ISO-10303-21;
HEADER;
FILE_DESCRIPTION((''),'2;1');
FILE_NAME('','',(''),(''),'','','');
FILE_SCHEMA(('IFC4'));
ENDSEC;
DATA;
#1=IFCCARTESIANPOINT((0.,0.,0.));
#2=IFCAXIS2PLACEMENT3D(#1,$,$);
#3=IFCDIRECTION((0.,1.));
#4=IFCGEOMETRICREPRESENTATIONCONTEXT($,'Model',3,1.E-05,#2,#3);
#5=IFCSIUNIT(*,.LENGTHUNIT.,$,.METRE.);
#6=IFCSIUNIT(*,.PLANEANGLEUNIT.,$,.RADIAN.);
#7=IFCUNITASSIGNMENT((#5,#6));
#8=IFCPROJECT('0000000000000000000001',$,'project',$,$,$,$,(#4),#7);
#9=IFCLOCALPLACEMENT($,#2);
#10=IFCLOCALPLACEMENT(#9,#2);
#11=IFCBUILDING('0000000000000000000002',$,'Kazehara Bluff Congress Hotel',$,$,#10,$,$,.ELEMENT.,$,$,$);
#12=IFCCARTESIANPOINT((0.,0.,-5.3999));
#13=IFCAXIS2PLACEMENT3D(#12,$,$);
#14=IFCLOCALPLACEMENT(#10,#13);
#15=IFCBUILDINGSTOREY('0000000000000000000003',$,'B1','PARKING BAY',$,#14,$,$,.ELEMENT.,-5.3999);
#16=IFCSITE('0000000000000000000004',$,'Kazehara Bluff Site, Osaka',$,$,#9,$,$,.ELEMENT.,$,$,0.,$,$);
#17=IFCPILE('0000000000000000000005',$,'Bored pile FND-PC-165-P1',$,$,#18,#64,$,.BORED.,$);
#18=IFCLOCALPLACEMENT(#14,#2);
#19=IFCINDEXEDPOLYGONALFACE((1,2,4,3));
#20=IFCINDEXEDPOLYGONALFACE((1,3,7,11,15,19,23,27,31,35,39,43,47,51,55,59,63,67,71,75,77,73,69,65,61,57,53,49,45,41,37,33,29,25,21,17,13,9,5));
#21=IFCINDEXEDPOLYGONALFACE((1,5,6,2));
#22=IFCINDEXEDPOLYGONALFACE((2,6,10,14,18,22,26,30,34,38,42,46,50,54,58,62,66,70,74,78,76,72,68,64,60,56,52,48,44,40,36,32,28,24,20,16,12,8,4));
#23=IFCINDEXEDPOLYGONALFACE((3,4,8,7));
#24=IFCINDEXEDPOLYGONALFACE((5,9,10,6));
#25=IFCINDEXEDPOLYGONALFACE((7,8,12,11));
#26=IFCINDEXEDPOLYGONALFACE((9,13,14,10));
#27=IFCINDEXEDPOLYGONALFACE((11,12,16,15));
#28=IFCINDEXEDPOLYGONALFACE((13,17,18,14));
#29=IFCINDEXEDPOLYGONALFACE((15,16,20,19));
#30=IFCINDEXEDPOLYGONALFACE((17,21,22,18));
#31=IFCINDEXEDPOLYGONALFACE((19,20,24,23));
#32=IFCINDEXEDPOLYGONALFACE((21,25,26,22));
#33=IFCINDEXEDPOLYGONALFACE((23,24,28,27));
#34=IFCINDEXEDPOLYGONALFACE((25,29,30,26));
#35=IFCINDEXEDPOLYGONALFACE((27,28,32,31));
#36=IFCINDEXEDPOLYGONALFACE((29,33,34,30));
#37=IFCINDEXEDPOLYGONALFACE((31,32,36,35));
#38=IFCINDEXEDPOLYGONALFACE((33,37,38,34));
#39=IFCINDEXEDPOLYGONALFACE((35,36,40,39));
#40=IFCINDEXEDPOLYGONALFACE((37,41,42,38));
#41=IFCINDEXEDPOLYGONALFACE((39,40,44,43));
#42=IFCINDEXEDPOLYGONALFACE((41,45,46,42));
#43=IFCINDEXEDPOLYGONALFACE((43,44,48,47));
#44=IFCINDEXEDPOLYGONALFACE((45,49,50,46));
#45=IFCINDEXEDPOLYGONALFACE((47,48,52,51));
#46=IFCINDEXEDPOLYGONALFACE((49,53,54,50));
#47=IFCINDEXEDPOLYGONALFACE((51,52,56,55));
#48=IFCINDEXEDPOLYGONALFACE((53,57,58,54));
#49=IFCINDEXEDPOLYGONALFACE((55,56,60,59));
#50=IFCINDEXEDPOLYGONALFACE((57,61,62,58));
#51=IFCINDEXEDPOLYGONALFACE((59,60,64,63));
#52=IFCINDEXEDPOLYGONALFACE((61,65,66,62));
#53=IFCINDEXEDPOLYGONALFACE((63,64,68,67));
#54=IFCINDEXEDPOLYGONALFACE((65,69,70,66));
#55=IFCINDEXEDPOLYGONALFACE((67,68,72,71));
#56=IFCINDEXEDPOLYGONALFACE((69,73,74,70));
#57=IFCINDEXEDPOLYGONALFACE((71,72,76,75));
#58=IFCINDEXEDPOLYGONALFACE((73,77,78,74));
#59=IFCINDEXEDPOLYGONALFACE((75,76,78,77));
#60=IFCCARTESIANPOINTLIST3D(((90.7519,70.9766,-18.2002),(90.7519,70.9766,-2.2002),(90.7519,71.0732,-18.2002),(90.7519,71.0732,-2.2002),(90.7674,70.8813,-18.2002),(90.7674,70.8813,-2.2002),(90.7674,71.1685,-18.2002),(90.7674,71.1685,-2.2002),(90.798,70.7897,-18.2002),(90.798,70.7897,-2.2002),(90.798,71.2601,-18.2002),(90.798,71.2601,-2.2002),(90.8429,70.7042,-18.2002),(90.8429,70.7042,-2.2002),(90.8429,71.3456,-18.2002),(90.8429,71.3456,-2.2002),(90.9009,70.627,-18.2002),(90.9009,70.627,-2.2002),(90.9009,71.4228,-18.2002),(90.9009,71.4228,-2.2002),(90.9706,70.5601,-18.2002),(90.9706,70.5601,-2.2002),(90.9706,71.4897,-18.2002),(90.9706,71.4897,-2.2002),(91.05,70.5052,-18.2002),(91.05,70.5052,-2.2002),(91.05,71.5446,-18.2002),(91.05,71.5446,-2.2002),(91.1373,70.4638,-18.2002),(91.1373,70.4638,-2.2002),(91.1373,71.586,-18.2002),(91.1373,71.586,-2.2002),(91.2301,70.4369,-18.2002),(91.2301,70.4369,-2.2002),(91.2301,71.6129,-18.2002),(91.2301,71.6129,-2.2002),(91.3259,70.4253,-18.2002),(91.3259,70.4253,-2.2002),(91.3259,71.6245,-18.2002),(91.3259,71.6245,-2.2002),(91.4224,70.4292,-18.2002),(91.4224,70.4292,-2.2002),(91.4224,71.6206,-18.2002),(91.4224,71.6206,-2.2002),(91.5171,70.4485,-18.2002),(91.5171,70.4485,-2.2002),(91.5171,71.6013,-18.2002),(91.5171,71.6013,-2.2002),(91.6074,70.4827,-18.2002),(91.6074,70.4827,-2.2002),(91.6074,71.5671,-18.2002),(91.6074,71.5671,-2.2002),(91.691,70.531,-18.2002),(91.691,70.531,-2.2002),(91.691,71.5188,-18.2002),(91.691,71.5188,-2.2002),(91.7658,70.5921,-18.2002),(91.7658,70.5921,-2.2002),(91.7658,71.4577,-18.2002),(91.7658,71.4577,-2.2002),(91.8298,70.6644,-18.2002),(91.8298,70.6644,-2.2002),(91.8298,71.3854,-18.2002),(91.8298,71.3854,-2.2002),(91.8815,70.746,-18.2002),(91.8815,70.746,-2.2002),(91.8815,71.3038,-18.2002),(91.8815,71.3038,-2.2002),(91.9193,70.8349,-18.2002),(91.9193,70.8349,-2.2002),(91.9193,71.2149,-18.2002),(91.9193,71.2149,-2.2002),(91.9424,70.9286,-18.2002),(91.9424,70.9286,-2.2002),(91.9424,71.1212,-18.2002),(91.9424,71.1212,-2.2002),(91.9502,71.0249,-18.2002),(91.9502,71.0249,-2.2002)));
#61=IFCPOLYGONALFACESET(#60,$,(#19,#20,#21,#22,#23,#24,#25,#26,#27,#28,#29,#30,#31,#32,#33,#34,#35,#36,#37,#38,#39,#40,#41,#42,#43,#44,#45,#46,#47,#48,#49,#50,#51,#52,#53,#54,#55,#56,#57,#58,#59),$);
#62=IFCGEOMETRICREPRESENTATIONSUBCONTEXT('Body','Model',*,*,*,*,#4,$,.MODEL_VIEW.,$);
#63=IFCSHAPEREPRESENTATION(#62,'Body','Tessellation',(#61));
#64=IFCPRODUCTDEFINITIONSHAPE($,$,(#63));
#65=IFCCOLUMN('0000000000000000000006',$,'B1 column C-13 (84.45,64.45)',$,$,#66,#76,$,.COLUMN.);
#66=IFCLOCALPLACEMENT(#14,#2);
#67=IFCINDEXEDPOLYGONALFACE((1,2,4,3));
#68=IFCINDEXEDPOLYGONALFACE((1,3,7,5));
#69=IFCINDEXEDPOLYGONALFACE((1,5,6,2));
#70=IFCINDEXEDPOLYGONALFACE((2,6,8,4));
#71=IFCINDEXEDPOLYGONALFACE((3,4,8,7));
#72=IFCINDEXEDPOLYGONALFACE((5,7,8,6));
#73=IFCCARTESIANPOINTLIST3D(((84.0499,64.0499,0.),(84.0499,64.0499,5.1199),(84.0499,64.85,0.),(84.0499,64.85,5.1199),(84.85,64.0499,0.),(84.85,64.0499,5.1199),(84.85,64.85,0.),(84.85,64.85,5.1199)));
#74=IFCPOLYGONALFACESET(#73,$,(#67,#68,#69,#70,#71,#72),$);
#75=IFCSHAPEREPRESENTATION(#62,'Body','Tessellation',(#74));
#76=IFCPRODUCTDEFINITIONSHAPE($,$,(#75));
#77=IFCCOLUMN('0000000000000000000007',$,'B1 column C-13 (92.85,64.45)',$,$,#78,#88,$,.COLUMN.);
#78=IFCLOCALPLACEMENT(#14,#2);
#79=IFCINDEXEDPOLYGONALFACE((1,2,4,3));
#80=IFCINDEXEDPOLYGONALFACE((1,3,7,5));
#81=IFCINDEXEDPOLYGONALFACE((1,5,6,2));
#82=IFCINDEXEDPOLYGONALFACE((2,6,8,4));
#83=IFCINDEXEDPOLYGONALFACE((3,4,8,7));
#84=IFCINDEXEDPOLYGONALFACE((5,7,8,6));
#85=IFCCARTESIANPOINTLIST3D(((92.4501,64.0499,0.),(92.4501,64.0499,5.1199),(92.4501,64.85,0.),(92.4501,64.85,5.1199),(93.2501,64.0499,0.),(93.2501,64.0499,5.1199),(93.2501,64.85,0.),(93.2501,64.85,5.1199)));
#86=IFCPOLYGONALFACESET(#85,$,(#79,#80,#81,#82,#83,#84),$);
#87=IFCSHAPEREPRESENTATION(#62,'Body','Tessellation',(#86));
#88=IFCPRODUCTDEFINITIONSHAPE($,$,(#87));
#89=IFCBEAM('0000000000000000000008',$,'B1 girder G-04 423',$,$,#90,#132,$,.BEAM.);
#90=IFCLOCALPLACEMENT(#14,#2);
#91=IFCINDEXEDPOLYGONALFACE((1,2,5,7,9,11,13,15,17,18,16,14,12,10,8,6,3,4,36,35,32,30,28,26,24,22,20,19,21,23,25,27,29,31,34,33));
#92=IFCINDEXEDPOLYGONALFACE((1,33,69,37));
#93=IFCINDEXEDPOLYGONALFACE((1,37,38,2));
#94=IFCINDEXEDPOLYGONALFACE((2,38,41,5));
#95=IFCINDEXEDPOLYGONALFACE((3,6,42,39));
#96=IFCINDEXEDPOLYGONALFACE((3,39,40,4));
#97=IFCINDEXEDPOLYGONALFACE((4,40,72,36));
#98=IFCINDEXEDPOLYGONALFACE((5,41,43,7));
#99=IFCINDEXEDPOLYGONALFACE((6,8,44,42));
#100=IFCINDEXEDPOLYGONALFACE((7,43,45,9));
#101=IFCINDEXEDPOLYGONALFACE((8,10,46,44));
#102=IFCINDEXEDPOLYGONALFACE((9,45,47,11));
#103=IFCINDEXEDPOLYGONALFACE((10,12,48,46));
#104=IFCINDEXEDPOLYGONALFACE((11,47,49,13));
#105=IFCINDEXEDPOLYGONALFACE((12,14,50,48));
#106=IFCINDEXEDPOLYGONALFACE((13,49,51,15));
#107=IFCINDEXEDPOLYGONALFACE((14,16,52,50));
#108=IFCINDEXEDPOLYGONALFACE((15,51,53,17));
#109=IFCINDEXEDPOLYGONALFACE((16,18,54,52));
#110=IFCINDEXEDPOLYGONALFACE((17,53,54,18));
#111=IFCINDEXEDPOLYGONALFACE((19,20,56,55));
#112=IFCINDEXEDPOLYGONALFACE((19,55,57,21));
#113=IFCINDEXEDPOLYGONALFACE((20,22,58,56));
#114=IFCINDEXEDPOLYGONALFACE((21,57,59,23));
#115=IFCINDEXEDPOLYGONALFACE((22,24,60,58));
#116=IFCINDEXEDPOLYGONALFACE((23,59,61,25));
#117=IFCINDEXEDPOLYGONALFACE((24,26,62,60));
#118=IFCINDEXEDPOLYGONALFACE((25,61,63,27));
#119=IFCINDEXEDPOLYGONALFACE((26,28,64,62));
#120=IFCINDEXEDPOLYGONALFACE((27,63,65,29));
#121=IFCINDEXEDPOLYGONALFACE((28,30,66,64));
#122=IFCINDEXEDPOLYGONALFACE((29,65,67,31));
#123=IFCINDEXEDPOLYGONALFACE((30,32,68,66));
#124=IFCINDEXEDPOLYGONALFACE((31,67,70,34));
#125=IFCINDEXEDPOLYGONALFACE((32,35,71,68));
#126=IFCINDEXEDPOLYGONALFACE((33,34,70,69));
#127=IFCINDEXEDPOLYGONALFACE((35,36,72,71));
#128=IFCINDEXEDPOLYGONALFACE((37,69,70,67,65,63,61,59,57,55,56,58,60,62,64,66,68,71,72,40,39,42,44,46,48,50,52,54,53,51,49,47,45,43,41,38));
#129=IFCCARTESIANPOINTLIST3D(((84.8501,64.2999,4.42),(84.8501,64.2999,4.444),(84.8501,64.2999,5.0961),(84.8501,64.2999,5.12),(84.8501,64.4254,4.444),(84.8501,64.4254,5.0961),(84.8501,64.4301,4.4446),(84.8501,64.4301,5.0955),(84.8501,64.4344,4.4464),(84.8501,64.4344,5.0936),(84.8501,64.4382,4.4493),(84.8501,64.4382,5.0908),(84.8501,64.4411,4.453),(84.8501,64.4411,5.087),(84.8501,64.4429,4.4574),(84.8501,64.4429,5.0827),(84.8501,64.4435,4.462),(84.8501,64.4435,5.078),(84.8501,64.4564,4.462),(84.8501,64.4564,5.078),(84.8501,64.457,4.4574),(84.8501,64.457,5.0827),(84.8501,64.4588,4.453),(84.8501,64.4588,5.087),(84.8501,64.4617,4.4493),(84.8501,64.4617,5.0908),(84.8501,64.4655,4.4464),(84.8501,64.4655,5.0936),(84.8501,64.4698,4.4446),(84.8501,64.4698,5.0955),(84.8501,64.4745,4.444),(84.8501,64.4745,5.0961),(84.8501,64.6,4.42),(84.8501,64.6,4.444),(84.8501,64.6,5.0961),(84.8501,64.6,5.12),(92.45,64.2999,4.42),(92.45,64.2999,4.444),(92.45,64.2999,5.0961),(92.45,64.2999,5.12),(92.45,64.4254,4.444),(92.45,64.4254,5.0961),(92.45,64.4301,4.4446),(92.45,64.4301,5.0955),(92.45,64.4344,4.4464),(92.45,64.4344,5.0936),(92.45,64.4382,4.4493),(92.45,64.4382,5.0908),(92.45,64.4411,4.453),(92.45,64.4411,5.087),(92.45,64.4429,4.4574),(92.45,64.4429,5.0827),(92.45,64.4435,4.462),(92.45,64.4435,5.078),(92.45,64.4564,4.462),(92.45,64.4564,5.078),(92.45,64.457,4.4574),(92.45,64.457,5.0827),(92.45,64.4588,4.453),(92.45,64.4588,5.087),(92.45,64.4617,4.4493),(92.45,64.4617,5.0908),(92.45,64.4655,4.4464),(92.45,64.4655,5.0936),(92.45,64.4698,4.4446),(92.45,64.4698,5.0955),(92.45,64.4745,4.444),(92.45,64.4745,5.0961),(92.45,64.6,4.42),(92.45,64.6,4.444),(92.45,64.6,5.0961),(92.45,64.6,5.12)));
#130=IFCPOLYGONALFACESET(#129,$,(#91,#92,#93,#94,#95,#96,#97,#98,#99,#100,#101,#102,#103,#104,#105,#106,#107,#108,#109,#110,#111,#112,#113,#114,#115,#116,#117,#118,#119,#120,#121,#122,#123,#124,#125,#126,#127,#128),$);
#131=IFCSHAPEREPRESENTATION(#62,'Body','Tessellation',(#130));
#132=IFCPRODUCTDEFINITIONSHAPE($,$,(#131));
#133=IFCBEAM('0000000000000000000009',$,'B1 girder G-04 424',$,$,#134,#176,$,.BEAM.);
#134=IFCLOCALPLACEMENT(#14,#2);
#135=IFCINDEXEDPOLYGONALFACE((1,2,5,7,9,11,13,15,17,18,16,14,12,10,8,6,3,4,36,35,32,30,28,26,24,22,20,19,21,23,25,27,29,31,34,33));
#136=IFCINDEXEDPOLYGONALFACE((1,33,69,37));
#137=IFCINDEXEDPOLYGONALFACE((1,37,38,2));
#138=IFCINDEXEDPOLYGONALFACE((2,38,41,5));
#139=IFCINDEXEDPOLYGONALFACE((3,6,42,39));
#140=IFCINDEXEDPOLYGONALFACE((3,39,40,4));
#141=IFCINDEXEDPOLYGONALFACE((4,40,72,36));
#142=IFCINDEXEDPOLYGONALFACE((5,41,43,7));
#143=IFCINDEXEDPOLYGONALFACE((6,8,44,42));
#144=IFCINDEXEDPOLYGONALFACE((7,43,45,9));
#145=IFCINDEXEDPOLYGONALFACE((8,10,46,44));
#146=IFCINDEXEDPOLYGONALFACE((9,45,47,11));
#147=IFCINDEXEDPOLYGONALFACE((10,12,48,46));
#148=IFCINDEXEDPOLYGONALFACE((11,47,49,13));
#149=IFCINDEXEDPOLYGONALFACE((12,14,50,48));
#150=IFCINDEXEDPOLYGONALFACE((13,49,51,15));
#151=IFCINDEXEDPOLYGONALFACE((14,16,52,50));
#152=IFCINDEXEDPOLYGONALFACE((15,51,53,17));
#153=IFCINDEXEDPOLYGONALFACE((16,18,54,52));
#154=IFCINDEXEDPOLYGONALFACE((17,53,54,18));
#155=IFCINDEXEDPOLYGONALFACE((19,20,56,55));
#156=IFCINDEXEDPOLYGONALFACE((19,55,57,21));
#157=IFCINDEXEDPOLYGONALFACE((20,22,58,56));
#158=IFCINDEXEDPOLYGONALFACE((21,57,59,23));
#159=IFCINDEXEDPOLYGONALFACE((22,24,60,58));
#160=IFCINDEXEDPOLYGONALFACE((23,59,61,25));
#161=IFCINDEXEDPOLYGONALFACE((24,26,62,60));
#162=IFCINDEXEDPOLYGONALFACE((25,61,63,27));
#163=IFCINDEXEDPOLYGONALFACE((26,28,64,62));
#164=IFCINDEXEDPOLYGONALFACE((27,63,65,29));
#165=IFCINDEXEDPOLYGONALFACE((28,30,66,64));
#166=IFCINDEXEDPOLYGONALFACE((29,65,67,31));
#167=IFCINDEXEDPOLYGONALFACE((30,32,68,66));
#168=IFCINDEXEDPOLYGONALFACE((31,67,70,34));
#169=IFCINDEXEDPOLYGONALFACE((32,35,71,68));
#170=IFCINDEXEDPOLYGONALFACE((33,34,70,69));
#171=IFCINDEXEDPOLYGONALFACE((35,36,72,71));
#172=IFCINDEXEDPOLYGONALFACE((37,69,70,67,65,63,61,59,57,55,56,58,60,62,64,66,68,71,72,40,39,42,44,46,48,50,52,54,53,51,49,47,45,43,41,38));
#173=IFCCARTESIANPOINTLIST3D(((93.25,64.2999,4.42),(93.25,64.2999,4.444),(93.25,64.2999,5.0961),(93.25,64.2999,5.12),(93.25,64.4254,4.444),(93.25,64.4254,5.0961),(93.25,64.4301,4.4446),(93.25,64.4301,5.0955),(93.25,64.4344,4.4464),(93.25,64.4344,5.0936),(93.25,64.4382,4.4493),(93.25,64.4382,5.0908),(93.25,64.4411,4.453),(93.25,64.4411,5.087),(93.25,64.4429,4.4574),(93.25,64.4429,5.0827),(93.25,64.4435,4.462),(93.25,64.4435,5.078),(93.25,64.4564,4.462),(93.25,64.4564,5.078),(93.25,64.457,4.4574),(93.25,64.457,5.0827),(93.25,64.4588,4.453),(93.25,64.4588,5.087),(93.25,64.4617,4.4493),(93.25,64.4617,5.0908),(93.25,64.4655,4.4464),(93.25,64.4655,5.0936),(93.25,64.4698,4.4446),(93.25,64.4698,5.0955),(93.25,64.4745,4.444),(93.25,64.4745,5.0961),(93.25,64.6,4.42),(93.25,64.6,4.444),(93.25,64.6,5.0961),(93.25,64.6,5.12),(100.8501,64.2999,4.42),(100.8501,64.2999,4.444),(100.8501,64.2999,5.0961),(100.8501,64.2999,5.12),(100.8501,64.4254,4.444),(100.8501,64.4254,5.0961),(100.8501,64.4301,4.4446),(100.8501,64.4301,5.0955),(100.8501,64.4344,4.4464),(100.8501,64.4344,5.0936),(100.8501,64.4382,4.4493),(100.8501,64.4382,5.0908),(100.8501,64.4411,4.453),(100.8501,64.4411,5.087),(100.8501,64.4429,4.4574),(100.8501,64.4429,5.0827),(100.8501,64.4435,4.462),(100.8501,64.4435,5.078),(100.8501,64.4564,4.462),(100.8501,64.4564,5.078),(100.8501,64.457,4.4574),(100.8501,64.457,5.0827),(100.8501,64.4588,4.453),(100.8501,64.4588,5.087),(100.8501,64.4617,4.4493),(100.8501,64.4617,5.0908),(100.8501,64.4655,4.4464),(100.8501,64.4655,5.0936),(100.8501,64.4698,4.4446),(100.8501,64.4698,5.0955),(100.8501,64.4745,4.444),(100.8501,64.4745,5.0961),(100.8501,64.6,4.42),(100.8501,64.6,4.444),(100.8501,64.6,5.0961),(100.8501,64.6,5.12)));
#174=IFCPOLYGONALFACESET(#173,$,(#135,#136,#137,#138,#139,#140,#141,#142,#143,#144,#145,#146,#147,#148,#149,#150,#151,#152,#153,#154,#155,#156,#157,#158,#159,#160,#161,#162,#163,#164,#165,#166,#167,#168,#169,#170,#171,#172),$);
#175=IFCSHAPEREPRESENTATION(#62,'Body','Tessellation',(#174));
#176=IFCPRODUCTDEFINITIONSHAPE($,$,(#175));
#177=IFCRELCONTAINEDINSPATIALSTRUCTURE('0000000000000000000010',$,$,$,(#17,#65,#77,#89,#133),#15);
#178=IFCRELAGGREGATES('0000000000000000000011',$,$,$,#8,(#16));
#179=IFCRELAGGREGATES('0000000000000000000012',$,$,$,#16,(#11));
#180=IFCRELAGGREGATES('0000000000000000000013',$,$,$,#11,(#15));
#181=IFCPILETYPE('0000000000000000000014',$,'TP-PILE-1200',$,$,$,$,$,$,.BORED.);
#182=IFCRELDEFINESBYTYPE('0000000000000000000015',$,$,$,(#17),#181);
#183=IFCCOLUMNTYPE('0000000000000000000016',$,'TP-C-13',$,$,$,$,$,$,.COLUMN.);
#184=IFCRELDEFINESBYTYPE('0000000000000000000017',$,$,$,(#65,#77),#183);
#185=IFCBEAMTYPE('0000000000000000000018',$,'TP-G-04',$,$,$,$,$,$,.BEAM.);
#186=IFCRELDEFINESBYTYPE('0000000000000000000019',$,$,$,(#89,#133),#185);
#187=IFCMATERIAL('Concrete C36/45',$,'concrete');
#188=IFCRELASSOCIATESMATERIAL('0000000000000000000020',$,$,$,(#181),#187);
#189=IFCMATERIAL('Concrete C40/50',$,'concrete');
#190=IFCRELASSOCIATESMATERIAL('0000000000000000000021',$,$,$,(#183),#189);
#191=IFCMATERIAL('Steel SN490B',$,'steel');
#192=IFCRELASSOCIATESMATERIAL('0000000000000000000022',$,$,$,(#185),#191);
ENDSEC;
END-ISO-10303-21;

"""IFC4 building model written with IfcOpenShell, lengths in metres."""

from ifc_helpers import new_model, si_unit, direction, frame, origin, origin_2d, place, context, subcontext, project, spatial, rectangle, circle, i_section, extrude, material, material_profile, profile_set, type_object, element, save


model = new_model("IFC4")

# Units and contexts
model_context = context("Model", 3, precision=1e-05, world=origin(), true_north=direction((0.0, 1.0)))
body_context = subcontext(model_context, "Body", "Model", "MODEL_VIEW")
ifc_project = project(units=[si_unit("LENGTHUNIT", "METRE"), si_unit("PLANEANGLEUNIT", "RADIAN")], contexts=[model_context])

# Site, building, storey
site_placement = place(None, origin())
site = spatial("IfcSite", under=ifc_project, at=site_placement, Name="Kazehara Bluff Site, Osaka", CompositionType="ELEMENT", RefElevation=0.0)
building_placement = place(site_placement, origin())
building = spatial("IfcBuilding", under=site, at=building_placement, Name="Kazehara Bluff Congress Hotel", CompositionType="ELEMENT")
storey_placement = place(building_placement, frame((0.0, 0.0, -5.3999)))
storey = spatial("IfcBuildingStorey", under=building, at=storey_placement, Name="B1", Description="PARKING BAY", CompositionType="ELEMENT", Elevation=-5.3999)

# Pile
ifc_material_1 = material(Name="Concrete C36/45", Category="concrete")
ifc_material_profile_1 = material_profile(ifc_material_1, circle(Radius=0.6001, at=origin_2d()))
ifc_profile_set_1 = profile_set([ifc_material_profile_1], Name="Concrete C36/45")
pile_type = type_object("IfcPileType", Name="TP-PILE-1200", PredefinedType="BORED", material=ifc_profile_set_1)
for number, where, z_axis, x_axis, name in (
    (1, (91.3501, 71.0249, -2.2002), (0.0, 0.0, -1.0), (1.0, 0.0, 0.0), "Bored pile FND-PC-165-P1"),
):
    element("IfcPile", number, at=place(storey_placement, frame(where, z_axis=z_axis, x_axis=x_axis)), inside=storey, type_object=pile_type, Name=name, PredefinedType="BORED", context=body_context, shape_type="SweptSolid", body=[
        extrude(circle(Radius=0.6001, at=origin_2d()), origin(), (0.0, 0.0, 1.0), 16.0),
    ])

# Columns
ifc_material_2 = material(Name="Concrete C40/50", Category="concrete")
ifc_material_profile_2 = material_profile(ifc_material_2, rectangle(XDim=0.8, YDim=0.8, at=origin_2d()))
ifc_profile_set_2 = profile_set([ifc_material_profile_2], Name="Concrete C40/50")
column_type = type_object("IfcColumnType", Name="TP-C-13", PredefinedType="COLUMN", material=ifc_profile_set_2)
for number, where, z_axis, x_axis, name in (
    (2, (84.45, 64.45, 0.0), (0.0, 0.0, 1.0), (1.0, 0.0, 0.0), "B1 column C-13 (84.45,64.45)"),
    (3, (92.8501, 64.45, 0.0), (0.0, 0.0, 1.0), (1.0, 0.0, 0.0), "B1 column C-13 (92.85,64.45)"),
):
    element("IfcColumn", number, at=place(storey_placement, frame(where, z_axis=z_axis, x_axis=x_axis)), inside=storey, type_object=column_type, Name=name, PredefinedType="COLUMN", context=body_context, shape_type="SweptSolid", body=[
        extrude(rectangle(XDim=0.8, YDim=0.8, at=origin_2d()), origin(), (0.0, 0.0, 1.0), 5.1199),
    ])

# Beams
ifc_material_3 = material(Name="Steel SN490B", Category="steel")
ifc_material_profile_3 = material_profile(ifc_material_3, i_section(OverallWidth=0.3, OverallDepth=0.7, WebThickness=0.0129, FlangeThickness=0.0239, FilletRadius=0.0181, at=origin_2d()))
ifc_profile_set_3 = profile_set([ifc_material_profile_3], Name="Steel SN490B")
beam_type_1 = type_object("IfcBeamType", Name="TP-G-04", PredefinedType="BEAM", material=ifc_profile_set_3)
beam_1_placement = place(storey_placement, frame((84.8501, 64.45, 4.77), z_axis=(1.0, 0.0, 0.0), x_axis=(0.0, 1.0, 0.0)))
element("IfcBeam", 4, at=beam_1_placement, inside=storey, type_object=beam_type_1, Name="B1 girder G-04 423", PredefinedType="BEAM", context=body_context, shape_type="SweptSolid", body=[
    extrude(i_section(OverallWidth=0.3, OverallDepth=0.7, WebThickness=0.0129, FlangeThickness=0.0239, FilletRadius=0.0181, at=origin_2d()), origin(), (0.0, 0.0, 1.0), 7.5999),
])
beam_2_placement = place(storey_placement, frame((93.25, 64.45, 4.77), z_axis=(1.0, 0.0, 0.0), x_axis=(0.0, 1.0, 0.0)))
element("IfcBeam", 5, at=beam_2_placement, inside=storey, type_object=beam_type_1, Name="B1 girder G-04 424", PredefinedType="BEAM", context=body_context, shape_type="SweptSolid", body=[
    extrude(i_section(OverallWidth=0.3, OverallDepth=0.7, WebThickness=0.0129, FlangeThickness=0.0239, FilletRadius=0.0181, at=origin_2d()), origin(), (0.0, 0.0, 1.0), 7.6001),
])

save(model, "model.ifc")
